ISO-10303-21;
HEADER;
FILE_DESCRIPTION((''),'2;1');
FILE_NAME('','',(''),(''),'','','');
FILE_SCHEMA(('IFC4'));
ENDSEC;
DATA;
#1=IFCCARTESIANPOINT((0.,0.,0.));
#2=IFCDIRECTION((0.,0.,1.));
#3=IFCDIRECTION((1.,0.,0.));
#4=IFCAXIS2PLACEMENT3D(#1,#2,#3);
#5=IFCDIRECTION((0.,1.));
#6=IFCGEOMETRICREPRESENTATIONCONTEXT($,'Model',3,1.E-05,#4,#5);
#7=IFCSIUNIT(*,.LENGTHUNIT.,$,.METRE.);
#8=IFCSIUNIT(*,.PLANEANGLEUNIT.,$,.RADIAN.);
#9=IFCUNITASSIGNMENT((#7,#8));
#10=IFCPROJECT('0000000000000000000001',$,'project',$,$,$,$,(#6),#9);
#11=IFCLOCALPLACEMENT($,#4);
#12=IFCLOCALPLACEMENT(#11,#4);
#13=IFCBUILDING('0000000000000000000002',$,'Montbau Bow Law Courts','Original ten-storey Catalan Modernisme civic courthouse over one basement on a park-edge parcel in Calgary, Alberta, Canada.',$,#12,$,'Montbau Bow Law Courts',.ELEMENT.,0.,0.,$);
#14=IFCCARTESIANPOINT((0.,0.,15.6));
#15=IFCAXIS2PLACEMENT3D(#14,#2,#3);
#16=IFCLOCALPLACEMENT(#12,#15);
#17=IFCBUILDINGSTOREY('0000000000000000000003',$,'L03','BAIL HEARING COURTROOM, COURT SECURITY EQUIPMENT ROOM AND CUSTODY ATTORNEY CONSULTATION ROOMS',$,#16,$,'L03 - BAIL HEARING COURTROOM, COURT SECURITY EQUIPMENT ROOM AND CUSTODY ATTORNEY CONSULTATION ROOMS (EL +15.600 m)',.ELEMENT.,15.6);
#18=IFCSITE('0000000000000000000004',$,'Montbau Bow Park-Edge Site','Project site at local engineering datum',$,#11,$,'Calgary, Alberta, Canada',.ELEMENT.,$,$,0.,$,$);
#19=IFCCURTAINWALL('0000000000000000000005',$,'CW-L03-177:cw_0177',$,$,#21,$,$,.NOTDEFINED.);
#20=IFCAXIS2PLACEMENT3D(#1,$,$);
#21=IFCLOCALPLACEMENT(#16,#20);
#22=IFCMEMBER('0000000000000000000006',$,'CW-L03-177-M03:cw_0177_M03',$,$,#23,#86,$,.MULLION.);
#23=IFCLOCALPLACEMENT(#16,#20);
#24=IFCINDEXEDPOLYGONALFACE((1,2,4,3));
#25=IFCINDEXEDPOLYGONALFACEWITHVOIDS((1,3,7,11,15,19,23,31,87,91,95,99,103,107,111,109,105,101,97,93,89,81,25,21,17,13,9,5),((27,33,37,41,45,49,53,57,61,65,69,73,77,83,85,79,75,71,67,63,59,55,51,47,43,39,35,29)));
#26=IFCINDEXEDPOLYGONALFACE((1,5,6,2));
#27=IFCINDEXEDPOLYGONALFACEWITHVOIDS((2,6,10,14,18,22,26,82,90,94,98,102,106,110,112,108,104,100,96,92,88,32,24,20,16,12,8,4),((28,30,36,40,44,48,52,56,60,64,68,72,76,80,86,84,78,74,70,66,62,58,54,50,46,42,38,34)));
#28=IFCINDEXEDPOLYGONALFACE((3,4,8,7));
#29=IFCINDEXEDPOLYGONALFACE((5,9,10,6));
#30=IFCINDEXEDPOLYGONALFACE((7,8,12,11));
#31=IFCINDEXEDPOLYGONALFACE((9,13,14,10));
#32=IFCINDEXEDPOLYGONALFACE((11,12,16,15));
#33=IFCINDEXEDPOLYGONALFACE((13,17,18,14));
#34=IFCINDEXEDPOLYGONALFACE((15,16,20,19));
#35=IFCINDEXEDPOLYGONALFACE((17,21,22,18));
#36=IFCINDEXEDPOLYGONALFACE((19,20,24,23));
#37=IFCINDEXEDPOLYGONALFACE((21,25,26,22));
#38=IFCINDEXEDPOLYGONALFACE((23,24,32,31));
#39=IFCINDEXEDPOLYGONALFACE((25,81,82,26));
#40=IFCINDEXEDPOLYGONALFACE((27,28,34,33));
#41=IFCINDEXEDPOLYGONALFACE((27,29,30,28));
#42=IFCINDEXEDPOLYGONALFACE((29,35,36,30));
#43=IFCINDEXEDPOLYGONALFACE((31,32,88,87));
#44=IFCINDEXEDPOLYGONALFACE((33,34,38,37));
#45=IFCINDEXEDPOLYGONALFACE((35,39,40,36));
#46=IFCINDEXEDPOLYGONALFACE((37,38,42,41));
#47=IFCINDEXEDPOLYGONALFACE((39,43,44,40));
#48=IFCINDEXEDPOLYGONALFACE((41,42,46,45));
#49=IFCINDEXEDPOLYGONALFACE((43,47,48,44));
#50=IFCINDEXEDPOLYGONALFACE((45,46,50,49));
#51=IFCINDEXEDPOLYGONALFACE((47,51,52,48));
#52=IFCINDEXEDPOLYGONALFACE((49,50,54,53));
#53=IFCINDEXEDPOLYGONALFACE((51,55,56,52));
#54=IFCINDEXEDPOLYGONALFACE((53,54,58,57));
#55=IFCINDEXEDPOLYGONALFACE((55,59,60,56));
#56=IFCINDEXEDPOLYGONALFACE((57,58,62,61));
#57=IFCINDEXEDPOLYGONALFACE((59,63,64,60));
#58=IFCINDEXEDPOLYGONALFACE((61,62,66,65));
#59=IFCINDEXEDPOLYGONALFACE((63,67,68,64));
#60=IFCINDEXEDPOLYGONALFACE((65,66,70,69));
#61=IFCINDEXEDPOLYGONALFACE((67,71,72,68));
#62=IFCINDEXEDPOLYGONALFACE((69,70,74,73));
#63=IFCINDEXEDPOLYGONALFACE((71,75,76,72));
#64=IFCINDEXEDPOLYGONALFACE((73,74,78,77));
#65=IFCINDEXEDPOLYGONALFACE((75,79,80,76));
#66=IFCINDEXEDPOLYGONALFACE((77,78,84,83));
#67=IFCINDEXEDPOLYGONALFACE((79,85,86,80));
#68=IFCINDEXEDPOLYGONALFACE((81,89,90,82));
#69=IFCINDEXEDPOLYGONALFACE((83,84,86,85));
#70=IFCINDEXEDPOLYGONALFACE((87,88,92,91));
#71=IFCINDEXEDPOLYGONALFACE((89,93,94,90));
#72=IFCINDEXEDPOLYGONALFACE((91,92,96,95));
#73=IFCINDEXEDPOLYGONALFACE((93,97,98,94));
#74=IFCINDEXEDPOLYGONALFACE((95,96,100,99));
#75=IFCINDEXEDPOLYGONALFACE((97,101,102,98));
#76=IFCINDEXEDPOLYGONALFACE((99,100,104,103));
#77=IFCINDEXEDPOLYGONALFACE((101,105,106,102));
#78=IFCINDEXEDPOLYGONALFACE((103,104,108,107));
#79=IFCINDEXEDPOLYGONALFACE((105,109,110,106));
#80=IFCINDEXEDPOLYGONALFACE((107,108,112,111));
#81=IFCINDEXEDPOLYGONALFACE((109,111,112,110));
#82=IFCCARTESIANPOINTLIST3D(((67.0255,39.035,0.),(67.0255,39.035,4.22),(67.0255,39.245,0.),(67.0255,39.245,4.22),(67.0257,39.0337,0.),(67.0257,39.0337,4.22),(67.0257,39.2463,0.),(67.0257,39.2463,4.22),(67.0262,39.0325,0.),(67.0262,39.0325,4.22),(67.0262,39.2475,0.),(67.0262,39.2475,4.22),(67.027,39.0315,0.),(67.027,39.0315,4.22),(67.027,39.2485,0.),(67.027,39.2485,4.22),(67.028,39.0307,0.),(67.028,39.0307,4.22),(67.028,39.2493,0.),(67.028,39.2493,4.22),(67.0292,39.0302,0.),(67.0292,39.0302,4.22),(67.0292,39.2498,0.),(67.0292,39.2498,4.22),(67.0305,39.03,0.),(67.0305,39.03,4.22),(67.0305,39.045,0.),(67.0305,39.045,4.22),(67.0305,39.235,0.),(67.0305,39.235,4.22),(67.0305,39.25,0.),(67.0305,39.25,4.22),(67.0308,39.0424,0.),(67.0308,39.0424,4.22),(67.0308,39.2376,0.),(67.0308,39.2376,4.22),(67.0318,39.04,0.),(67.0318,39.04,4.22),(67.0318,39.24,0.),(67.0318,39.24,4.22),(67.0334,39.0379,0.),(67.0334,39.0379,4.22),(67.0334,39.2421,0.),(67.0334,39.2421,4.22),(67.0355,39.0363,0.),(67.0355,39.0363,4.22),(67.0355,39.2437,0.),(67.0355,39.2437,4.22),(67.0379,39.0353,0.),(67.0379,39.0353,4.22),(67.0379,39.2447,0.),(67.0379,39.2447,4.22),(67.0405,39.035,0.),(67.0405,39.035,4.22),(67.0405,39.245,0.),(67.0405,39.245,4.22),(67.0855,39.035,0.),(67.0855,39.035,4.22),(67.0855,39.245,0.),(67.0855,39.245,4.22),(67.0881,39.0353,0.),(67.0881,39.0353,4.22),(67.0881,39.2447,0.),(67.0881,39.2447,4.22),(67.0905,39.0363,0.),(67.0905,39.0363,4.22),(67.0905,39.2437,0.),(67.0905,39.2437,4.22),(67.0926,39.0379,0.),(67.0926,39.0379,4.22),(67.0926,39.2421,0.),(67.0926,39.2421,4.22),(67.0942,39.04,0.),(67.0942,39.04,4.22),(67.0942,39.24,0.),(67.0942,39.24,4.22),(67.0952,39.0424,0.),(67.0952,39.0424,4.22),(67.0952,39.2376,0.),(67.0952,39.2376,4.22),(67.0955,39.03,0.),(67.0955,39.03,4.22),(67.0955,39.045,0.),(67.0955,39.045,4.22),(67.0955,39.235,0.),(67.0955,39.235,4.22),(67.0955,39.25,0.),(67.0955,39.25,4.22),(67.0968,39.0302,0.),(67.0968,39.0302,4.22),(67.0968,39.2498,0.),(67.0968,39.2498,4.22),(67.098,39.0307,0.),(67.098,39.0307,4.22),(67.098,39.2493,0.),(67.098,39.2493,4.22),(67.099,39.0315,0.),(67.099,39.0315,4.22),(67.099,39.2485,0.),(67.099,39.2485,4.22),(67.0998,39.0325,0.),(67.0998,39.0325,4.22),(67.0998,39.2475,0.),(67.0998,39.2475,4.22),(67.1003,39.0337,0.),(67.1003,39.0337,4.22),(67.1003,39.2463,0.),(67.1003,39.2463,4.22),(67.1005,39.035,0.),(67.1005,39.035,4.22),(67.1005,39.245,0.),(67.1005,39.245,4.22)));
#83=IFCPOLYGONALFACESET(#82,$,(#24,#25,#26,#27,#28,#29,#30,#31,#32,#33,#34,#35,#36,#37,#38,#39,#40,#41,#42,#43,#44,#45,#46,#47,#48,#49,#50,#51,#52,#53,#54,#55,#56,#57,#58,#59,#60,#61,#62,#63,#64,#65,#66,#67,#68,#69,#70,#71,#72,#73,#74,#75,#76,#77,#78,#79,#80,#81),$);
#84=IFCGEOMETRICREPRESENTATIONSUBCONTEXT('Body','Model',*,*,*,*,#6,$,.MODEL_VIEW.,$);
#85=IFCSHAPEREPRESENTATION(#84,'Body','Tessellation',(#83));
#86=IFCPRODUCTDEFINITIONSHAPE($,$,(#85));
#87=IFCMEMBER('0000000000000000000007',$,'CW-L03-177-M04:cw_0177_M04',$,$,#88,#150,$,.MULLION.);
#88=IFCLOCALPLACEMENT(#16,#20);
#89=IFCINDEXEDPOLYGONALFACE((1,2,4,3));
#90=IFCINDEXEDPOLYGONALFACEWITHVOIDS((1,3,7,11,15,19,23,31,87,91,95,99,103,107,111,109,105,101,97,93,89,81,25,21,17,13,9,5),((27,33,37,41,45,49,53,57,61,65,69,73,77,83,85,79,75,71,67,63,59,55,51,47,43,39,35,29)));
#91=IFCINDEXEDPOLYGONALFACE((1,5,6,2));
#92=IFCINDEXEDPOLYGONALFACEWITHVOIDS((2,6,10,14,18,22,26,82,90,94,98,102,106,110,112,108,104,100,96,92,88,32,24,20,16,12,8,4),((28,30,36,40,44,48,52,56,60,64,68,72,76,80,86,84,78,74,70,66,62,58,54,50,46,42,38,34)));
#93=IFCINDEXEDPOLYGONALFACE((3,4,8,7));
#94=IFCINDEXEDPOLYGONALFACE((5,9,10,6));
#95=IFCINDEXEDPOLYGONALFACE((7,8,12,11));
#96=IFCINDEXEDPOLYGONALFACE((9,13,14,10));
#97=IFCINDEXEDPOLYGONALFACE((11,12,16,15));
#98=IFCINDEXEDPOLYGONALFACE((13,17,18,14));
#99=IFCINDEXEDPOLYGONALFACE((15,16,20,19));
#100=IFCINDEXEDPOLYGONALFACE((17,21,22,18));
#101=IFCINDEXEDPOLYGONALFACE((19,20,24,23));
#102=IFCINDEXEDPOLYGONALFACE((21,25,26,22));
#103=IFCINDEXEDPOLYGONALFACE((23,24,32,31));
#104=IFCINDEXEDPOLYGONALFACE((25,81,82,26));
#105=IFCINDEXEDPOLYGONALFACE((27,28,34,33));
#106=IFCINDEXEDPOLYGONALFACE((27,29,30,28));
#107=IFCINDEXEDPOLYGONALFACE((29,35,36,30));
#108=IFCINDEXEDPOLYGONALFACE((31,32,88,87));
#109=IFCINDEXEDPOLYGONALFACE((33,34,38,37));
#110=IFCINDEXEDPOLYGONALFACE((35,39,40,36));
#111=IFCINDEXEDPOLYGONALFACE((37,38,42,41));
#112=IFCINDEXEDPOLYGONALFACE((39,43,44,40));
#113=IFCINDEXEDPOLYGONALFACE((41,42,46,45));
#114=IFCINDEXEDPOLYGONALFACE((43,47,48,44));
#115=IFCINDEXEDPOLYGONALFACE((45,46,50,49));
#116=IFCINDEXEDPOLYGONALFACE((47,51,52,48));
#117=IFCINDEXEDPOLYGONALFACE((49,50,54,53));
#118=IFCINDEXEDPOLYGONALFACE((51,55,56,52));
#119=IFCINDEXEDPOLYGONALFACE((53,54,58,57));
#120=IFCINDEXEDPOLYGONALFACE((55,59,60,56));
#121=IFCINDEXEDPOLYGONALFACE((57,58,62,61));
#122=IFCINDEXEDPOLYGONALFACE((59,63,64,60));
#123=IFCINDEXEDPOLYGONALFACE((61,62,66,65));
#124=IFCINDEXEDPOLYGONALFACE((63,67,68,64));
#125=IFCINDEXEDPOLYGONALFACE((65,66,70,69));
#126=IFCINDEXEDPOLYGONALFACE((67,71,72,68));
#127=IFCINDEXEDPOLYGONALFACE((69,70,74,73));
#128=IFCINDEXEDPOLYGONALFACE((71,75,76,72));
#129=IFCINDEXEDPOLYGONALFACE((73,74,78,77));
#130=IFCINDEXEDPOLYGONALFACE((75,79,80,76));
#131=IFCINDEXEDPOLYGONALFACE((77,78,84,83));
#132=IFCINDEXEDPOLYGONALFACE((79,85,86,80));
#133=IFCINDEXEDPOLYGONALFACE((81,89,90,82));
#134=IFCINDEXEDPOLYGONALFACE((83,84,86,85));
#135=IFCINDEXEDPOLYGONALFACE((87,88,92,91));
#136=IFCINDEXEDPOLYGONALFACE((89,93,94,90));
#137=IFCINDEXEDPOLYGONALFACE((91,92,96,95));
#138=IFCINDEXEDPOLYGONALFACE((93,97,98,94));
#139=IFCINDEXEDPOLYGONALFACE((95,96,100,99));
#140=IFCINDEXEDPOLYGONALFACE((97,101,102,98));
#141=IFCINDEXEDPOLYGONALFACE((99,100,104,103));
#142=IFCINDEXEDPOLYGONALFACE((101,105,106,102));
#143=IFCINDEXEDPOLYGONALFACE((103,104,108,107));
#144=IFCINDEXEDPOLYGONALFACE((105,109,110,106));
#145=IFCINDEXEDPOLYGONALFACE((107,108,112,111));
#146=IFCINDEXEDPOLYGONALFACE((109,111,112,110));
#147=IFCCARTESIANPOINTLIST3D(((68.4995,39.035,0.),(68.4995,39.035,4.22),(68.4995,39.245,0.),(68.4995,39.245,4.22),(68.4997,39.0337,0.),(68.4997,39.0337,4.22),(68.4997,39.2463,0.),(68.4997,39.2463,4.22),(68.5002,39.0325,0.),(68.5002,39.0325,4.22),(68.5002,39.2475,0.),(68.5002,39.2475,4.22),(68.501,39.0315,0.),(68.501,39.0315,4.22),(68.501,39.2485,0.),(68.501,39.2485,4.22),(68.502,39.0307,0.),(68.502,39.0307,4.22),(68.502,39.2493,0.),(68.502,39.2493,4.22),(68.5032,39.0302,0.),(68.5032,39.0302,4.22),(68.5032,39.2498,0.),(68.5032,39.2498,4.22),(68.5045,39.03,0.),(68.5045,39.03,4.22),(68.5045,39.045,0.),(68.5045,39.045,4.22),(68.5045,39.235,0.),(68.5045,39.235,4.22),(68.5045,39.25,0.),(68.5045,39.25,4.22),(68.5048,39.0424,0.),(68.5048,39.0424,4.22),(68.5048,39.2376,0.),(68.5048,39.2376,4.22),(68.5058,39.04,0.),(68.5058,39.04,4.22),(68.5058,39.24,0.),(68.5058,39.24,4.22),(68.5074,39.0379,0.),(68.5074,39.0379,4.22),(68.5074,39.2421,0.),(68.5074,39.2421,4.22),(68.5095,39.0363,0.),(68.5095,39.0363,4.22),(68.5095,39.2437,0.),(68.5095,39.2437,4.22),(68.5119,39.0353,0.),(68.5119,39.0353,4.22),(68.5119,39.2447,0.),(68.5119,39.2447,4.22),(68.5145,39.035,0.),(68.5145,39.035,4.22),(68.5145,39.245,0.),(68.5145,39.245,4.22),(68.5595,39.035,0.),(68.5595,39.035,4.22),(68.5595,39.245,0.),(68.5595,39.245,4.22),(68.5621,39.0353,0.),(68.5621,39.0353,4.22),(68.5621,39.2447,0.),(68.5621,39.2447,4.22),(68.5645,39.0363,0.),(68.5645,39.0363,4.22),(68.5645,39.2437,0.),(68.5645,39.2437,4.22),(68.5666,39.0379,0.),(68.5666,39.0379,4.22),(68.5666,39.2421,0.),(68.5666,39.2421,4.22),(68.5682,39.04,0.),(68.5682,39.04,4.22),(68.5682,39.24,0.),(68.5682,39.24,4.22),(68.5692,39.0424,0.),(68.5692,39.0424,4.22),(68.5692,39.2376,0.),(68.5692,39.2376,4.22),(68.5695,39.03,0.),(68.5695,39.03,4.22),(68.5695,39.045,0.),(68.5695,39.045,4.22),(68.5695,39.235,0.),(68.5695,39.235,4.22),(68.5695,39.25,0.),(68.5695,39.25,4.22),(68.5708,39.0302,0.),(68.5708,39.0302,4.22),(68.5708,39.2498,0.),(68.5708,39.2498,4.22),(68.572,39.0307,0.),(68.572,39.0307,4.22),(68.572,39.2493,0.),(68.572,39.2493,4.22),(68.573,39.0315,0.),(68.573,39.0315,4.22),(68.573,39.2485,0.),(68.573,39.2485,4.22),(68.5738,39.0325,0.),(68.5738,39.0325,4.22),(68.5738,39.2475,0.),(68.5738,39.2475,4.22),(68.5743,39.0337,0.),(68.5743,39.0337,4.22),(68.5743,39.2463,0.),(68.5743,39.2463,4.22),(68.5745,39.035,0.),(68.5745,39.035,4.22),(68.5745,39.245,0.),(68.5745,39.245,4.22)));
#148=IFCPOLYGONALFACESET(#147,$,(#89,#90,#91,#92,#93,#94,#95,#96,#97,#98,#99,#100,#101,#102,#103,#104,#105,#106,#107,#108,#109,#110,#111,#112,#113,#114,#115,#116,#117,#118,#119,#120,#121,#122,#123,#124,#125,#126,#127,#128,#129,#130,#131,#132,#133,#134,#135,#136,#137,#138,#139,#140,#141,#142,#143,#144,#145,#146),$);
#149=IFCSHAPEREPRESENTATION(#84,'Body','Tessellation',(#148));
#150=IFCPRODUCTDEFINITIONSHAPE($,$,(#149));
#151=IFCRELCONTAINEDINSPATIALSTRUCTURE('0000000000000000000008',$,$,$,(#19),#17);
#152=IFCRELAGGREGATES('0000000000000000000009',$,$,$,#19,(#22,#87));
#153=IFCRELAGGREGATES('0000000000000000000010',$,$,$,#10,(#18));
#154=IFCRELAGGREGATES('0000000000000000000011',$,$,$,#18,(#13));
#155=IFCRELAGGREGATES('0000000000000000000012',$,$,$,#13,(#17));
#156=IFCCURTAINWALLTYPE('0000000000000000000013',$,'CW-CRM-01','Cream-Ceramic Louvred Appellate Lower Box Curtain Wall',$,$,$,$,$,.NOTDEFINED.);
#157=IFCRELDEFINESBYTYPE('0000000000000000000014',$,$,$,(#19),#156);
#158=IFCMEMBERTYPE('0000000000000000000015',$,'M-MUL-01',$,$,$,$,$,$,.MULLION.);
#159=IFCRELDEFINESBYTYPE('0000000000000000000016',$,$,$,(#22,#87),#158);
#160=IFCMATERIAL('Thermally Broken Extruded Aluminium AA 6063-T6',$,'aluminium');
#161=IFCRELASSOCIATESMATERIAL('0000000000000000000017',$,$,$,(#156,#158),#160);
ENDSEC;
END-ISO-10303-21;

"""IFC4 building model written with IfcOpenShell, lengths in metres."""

from ifc_helpers import new_model, si_unit, direction, frame, origin_with_axes, origin_2d_with_axis, place, context, subcontext, project, spatial, hollow_rectangle, extrude, material, material_profile, profile_set, type_object, element, aggregate, save


model = new_model("IFC4")

# Units and contexts
model_context = context("Model", 3, precision=1e-05, world=origin_with_axes(), true_north=direction((0.0, 1.0)))
body_context = subcontext(model_context, "Body", "Model", "MODEL_VIEW")
ifc_project = project(units=[si_unit("LENGTHUNIT", "METRE"), si_unit("PLANEANGLEUNIT", "RADIAN")], contexts=[model_context])

# Site, building, storey
site_placement = place(None, origin_with_axes())
site = spatial("IfcSite", under=ifc_project, at=site_placement, Name="Montbau Bow Park-Edge Site", Description="Project site at local engineering datum", LongName="Calgary, Alberta, Canada", CompositionType="ELEMENT", RefElevation=0.0)
building_placement = place(site_placement, origin_with_axes())
building = spatial("IfcBuilding", under=site, at=building_placement, Name="Montbau Bow Law Courts", Description="Original ten-storey Catalan Modernisme civic courthouse over one basement on a park-edge parcel in Calgary, Alberta, Canada.", LongName="Montbau Bow Law Courts", CompositionType="ELEMENT", ElevationOfRefHeight=0.0, ElevationOfTerrain=0.0)
storey_placement = place(building_placement, frame((0.0, 0.0, 15.6), z_axis=(0.0, 0.0, 1.0), x_axis=(1.0, 0.0, 0.0)))
storey = spatial("IfcBuildingStorey", under=building, at=storey_placement, Name="L03", Description="BAIL HEARING COURTROOM, COURT SECURITY EQUIPMENT ROOM AND CUSTODY ATTORNEY CONSULTATION ROOMS", LongName="L03 - BAIL HEARING COURTROOM, COURT SECURITY EQUIPMENT ROOM AND CUSTODY ATTORNEY CONSULTATION ROOMS (EL +15.600 m)", CompositionType="ELEMENT", Elevation=15.6)

# Curtain wall, members
ifc_material_1 = material(Name="Thermally Broken Extruded Aluminium AA 6063-T6", Category="aluminium")
curtain_wall_type = type_object("IfcCurtainWallType", Name="CW-CRM-01", Description="Cream-Ceramic Louvred Appellate Lower Box Curtain Wall", PredefinedType="NOTDEFINED", material=ifc_material_1)
curtain_wall_placement = place(None, frame((64.115, 39.14, 15.6), z_axis=(0.0, 0.0, 1.0), x_axis=(1.0, 0.0, 0.0)))
curtain_wall = element("IfcCurtainWall", 1, at=curtain_wall_placement, inside=storey, type_object=curtain_wall_type, Name="CW-L03-177:cw_0177", PredefinedType="NOTDEFINED")
ifc_material_profile_1 = material_profile(ifc_material_1, hollow_rectangle(XDim=0.075, YDim=0.22, WallThickness=0.005, InnerFilletRadius=0.01, OuterFilletRadius=0.005, at=origin_2d_with_axis()), Name="CWM-220X75", Category="Main", Priority=0)
ifc_profile_set_1 = profile_set([ifc_material_profile_1], Name="Thermally Broken Extruded Aluminium AA 6063-T6")
member_type_1 = type_object("IfcMemberType", Name="M-MUL-01", PredefinedType="MULLION", material=ifc_profile_set_1)
member_1_placement = place(None, frame((67.063, 39.14, 15.6), z_axis=(0.0, 0.0, 1.0), x_axis=(1.0, 0.0, 0.0)))
member_1 = element("IfcMember", 2, at=member_1_placement, type_object=member_type_1, Name="CW-L03-177-M03:cw_0177_M03", PredefinedType="MULLION", context=body_context, shape_type="SweptSolid", body=[
    extrude(hollow_rectangle(XDim=0.075, YDim=0.22, WallThickness=0.005, InnerFilletRadius=0.01, OuterFilletRadius=0.005, at=origin_2d_with_axis()), origin_with_axes(), (0.0, 0.0, 1.0), 4.22),
])
member_2_placement = place(None, frame((68.537, 39.14, 15.6), z_axis=(0.0, 0.0, 1.0), x_axis=(1.0, 0.0, 0.0)))
member_2 = element("IfcMember", 3, at=member_2_placement, type_object=member_type_1, Name="CW-L03-177-M04:cw_0177_M04", PredefinedType="MULLION", context=body_context, shape_type="SweptSolid", body=[
    extrude(hollow_rectangle(XDim=0.075, YDim=0.22, WallThickness=0.005, InnerFilletRadius=0.01, OuterFilletRadius=0.005, at=origin_2d_with_axis()), origin_with_axes(), (0.0, 0.0, 1.0), 4.22),
])
aggregate(curtain_wall, [member_1, member_2])

save(model, "model.ifc")
